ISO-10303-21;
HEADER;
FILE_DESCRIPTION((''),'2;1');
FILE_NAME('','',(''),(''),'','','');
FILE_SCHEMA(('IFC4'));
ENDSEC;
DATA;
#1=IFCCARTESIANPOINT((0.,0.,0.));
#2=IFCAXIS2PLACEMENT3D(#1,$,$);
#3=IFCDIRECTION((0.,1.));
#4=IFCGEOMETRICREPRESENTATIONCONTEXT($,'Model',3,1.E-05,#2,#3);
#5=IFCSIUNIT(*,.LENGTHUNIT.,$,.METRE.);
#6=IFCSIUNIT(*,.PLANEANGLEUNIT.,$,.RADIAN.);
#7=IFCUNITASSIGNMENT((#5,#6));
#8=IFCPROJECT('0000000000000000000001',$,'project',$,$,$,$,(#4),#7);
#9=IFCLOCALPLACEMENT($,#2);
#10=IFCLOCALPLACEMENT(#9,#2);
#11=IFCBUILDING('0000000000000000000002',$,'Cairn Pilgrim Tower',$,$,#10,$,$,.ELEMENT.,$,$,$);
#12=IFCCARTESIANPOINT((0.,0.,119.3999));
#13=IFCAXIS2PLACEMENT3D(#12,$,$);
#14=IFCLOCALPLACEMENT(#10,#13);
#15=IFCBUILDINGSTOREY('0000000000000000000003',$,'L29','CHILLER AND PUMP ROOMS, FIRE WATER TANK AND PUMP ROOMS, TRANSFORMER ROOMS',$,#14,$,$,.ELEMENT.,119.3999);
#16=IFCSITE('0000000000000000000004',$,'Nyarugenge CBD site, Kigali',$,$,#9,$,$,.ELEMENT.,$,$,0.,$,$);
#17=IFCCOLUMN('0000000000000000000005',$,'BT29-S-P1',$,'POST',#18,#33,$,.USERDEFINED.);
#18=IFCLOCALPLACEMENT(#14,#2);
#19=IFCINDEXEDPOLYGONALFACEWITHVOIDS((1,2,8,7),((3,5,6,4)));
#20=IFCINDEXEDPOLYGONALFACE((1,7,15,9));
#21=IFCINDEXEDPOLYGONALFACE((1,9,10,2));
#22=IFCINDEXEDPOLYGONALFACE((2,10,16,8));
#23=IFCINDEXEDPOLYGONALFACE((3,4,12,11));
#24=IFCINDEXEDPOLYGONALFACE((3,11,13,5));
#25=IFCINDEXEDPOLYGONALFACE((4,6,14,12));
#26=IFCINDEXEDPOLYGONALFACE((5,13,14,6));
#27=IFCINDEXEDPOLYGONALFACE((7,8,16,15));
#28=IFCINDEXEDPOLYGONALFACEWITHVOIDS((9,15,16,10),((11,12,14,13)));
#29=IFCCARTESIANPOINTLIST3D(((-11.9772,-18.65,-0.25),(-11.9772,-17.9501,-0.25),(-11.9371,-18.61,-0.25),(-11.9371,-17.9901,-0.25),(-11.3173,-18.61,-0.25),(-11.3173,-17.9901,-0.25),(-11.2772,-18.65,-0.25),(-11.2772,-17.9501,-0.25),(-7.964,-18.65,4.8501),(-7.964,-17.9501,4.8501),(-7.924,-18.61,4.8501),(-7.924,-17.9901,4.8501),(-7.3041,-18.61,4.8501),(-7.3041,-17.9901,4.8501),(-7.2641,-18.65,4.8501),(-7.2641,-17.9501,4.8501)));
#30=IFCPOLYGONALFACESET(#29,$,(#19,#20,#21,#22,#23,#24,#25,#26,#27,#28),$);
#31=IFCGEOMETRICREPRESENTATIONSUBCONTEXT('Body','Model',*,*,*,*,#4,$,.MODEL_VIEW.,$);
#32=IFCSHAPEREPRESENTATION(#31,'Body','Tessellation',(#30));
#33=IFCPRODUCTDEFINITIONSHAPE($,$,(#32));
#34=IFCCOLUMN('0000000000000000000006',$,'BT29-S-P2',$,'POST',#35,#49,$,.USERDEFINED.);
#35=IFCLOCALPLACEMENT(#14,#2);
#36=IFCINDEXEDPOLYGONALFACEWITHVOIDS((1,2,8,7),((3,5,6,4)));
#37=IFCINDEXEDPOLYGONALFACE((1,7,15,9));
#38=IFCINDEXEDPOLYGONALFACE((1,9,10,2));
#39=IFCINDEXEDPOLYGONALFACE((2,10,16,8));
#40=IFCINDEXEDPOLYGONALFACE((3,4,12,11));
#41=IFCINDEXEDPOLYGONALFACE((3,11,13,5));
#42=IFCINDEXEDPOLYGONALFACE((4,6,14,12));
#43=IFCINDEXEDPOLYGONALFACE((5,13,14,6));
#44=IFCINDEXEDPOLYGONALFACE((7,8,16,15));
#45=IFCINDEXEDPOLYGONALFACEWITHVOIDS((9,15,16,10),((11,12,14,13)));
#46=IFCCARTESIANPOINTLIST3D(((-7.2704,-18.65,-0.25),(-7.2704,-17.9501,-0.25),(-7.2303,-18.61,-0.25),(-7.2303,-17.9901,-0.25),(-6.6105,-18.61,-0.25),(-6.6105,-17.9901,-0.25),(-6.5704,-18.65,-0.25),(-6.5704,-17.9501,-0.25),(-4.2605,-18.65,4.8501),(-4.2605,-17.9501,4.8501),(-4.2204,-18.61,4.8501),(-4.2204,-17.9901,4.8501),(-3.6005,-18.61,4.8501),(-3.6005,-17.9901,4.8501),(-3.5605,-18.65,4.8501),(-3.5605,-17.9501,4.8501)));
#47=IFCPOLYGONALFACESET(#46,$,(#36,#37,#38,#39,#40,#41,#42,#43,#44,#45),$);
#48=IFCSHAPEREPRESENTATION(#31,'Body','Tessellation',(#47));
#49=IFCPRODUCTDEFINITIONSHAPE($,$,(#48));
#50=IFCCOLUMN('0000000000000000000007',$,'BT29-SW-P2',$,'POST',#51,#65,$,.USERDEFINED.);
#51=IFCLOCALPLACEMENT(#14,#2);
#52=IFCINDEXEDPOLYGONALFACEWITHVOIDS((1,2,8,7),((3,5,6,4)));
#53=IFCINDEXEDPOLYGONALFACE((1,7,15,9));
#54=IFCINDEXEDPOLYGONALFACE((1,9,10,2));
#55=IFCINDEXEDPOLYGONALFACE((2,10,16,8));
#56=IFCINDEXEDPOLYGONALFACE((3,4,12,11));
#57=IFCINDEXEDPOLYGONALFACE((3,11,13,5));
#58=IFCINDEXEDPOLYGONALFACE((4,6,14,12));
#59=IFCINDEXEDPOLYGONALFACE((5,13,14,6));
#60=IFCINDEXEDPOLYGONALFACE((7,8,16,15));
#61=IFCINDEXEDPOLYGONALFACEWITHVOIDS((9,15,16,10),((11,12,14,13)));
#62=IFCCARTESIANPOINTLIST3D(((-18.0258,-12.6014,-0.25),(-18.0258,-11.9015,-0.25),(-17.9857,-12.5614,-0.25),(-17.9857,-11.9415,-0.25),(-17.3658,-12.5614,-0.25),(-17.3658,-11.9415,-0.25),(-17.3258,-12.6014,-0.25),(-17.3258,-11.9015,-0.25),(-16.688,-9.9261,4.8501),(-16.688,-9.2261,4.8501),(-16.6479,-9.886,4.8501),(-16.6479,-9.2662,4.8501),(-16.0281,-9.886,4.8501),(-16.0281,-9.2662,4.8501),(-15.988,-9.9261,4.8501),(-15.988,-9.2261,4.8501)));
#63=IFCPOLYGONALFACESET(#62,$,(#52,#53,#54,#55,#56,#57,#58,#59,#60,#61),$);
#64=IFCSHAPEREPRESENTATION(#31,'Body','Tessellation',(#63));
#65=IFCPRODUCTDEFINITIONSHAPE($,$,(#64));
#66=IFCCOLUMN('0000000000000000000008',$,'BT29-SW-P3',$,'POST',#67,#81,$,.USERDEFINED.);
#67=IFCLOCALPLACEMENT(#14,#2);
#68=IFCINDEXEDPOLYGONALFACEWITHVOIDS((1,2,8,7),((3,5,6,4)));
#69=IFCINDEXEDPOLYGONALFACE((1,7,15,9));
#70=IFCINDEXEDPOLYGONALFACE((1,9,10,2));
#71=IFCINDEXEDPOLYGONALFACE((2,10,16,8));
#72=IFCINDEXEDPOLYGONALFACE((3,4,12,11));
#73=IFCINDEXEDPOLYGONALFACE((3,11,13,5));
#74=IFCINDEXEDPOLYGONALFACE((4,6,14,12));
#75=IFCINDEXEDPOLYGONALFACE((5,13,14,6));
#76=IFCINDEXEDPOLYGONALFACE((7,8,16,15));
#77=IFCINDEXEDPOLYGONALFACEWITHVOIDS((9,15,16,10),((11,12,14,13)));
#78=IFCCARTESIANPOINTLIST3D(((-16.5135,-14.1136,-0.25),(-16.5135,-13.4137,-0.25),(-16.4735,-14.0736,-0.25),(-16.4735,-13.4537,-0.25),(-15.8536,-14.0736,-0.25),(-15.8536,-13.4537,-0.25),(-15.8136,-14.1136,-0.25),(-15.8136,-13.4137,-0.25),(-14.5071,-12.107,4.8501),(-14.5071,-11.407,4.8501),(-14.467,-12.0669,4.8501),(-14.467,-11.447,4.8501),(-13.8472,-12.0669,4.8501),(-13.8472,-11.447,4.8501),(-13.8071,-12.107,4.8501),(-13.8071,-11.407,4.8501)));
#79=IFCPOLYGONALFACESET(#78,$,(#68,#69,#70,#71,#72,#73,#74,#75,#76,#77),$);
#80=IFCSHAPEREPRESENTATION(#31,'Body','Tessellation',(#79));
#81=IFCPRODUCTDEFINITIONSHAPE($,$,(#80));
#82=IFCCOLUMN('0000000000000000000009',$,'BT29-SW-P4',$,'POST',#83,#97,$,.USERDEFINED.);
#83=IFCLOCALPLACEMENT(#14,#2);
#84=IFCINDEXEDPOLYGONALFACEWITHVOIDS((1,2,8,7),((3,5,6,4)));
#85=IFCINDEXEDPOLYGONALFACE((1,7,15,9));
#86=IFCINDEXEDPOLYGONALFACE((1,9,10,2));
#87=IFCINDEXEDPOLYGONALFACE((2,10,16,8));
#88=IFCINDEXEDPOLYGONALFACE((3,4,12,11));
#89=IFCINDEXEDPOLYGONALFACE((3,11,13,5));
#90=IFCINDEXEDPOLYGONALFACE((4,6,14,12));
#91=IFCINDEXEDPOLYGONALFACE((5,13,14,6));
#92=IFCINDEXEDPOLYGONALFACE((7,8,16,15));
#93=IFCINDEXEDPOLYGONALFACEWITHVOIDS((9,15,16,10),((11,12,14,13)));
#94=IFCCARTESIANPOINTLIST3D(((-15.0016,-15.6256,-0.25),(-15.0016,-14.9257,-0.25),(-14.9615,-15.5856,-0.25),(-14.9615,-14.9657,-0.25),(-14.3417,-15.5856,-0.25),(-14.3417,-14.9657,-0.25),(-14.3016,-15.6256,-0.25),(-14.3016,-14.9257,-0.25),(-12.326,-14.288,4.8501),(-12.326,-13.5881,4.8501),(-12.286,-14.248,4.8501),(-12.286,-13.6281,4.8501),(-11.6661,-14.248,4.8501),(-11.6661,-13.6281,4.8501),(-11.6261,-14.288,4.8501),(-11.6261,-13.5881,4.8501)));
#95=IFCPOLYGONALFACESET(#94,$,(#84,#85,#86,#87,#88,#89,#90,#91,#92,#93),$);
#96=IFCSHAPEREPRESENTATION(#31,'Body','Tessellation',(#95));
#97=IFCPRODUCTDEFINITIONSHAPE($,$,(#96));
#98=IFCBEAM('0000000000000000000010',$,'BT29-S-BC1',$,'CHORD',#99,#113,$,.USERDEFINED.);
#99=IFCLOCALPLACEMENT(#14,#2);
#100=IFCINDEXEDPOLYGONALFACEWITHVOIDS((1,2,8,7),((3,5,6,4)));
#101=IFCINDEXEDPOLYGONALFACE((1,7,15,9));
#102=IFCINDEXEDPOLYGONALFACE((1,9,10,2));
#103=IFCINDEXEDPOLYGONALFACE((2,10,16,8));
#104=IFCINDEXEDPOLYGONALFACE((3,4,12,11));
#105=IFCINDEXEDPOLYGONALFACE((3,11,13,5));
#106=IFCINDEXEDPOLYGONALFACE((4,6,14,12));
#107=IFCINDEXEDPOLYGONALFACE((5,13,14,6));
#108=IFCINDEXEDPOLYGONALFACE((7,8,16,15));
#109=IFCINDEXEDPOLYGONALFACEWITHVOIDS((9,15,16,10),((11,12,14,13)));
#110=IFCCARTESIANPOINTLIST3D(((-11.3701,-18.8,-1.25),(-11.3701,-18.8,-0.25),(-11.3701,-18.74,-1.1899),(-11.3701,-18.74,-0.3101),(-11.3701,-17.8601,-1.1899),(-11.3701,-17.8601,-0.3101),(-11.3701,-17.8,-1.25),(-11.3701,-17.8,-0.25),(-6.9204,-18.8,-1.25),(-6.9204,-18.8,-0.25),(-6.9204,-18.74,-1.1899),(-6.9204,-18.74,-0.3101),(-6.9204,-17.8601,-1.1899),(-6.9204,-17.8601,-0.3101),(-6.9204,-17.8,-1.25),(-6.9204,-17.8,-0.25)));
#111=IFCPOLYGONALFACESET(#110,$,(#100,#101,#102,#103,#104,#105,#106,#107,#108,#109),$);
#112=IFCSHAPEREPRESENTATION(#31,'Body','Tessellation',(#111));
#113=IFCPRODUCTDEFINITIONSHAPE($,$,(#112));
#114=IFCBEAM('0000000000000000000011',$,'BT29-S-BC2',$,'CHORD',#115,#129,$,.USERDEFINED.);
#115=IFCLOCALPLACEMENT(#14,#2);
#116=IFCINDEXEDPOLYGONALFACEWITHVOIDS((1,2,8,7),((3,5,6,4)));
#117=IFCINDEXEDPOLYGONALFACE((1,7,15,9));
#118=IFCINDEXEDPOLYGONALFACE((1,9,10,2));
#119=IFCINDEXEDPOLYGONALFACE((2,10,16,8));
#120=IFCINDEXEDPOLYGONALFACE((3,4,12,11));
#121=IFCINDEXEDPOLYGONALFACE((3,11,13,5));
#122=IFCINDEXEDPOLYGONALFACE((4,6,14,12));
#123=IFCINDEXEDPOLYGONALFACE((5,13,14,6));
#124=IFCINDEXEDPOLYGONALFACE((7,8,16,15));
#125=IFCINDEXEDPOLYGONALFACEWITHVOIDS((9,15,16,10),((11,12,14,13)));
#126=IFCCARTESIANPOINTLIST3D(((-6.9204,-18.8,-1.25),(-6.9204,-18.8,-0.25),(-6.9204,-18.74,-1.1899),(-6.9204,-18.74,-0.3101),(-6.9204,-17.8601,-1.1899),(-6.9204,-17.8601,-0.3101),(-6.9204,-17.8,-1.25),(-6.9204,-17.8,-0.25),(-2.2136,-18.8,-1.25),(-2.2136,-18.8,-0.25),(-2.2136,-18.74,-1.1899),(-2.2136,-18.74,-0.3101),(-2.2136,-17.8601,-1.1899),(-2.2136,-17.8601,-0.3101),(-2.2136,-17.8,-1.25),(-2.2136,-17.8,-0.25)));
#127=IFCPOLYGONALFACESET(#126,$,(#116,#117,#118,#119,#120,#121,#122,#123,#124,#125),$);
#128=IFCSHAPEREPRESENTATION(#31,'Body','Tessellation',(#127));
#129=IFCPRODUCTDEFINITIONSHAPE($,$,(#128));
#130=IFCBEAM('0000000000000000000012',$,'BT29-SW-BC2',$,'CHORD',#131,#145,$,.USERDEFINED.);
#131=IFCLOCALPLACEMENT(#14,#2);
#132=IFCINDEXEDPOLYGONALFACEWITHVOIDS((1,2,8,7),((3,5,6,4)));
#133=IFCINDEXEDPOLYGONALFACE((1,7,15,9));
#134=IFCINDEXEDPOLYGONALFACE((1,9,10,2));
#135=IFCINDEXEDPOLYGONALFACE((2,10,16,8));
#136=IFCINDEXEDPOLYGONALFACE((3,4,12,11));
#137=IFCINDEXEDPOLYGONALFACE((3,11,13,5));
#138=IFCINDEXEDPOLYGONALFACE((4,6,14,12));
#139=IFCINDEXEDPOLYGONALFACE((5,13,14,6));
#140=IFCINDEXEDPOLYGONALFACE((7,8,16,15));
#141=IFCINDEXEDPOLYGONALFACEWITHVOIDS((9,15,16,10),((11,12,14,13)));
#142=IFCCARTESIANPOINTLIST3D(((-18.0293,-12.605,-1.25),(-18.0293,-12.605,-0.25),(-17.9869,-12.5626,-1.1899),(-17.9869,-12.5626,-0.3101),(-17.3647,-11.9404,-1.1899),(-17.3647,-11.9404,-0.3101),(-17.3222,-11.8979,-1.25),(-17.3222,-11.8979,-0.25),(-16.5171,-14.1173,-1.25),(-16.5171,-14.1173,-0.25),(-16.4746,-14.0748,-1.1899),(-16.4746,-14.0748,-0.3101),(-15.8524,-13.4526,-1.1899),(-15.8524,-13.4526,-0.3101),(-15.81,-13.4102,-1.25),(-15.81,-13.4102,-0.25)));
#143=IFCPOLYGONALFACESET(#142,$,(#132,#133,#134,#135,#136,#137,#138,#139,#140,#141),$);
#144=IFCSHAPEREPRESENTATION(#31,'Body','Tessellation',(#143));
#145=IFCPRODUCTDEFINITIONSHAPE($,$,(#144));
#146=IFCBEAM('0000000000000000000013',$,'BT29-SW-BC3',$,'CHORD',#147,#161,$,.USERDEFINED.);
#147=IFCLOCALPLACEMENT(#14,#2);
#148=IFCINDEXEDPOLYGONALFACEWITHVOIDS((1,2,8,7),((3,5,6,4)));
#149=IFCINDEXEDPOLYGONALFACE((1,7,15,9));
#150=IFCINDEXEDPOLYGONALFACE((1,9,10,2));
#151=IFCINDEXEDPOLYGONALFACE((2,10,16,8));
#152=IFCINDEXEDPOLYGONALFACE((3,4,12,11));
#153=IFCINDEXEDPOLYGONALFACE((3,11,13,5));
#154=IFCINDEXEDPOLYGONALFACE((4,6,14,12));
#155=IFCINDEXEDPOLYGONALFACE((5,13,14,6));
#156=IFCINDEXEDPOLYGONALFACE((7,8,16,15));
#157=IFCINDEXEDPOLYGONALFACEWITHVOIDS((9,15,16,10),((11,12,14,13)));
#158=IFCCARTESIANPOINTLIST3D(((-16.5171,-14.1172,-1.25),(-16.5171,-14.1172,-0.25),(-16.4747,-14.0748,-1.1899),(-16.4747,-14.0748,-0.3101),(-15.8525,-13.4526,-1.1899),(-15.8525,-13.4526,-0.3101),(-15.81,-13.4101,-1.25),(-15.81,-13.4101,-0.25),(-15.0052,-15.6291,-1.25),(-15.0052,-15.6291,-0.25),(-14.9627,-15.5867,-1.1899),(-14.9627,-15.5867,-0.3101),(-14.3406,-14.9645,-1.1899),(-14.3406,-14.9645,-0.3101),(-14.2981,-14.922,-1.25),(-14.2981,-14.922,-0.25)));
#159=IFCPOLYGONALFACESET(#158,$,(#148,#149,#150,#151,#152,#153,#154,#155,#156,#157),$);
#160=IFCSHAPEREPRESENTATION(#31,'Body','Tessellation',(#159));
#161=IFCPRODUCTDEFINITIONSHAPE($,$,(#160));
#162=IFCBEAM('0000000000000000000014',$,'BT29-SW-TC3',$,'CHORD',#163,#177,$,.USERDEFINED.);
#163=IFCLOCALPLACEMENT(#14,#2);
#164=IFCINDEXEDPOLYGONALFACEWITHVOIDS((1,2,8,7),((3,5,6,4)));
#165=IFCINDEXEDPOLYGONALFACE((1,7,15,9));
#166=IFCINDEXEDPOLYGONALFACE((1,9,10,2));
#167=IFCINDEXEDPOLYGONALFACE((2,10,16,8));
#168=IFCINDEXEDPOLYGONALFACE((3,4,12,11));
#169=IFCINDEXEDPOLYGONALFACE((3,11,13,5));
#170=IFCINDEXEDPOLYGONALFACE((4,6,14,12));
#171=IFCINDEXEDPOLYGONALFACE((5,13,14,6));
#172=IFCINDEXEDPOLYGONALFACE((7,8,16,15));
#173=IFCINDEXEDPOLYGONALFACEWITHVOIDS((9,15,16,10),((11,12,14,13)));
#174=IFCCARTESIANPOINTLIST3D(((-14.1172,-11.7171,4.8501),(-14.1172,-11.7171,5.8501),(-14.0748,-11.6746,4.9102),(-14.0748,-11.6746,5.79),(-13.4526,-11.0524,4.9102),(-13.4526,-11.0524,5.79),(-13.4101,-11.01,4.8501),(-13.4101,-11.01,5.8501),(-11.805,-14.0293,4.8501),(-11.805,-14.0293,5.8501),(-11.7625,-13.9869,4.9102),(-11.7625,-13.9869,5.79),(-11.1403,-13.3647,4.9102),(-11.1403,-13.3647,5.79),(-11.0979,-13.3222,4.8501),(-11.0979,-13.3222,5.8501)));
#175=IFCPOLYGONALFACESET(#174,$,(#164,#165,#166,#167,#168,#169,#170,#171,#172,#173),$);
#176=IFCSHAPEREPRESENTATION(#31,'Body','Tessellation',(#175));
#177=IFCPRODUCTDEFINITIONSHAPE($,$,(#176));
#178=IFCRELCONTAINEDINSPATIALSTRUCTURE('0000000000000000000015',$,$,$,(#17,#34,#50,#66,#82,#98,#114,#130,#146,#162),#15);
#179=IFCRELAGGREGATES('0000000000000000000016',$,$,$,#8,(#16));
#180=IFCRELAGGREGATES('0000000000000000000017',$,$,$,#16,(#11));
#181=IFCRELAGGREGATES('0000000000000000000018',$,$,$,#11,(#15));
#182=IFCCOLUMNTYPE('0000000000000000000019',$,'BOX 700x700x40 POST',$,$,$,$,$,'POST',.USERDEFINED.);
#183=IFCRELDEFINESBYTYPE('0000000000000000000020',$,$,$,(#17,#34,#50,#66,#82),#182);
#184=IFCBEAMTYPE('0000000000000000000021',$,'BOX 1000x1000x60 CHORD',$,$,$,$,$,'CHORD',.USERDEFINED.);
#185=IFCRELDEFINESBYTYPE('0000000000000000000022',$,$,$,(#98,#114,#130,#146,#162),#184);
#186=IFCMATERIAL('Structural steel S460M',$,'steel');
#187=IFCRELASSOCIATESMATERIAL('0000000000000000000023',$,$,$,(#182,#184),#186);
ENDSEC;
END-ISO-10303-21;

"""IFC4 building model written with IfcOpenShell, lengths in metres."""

from ifc_helpers import new_model, si_unit, direction, frame, origin, origin_2d, place, context, subcontext, project, spatial, hollow_rectangle, extrude, clip, halfspace, material, material_profile, profile_set, type_object, element, save


model = new_model("IFC4")

# Units and contexts
model_context = context("Model", 3, precision=1e-05, world=origin(), true_north=direction((0.0, 1.0)))
body_context = subcontext(model_context, "Body", "Model", "MODEL_VIEW")
ifc_project = project(units=[si_unit("LENGTHUNIT", "METRE"), si_unit("PLANEANGLEUNIT", "RADIAN")], contexts=[model_context])

# Site, building, storey
site_placement = place(None, origin())
site = spatial("IfcSite", under=ifc_project, at=site_placement, Name="Nyarugenge CBD site, Kigali", CompositionType="ELEMENT", RefElevation=0.0)
building_placement = place(site_placement, origin())
building = spatial("IfcBuilding", under=site, at=building_placement, Name="Cairn Pilgrim Tower", CompositionType="ELEMENT")
storey_placement = place(building_placement, frame((0.0, 0.0, 119.3999)))
storey = spatial("IfcBuildingStorey", under=building, at=storey_placement, Name="L29", Description="CHILLER AND PUMP ROOMS, FIRE WATER TANK AND PUMP ROOMS, TRANSFORMER ROOMS", CompositionType="ELEMENT", Elevation=119.3999)

# Columns
ifc_material_1 = material(Name="Structural steel S460M", Category="steel")
ifc_material_profile_1 = material_profile(ifc_material_1, hollow_rectangle(XDim=0.7, YDim=0.7, WallThickness=0.04, at=origin_2d()), Name="BOX 700x700x40")
ifc_profile_set_1 = profile_set([ifc_material_profile_1], Name="Structural steel S460M")
column_type = type_object("IfcColumnType", Name="BOX 700x700x40 POST", ElementType="POST", PredefinedType="USERDEFINED", material=ifc_profile_set_1)
column_1_placement = place(storey_placement, frame((-11.6272, -18.3, -0.25), z_axis=(0.0, 0.0, 1.0), x_axis=(1.0, 0.0, 0.0)))
element("IfcColumn", 1, at=column_1_placement, inside=storey, type_object=column_type, Name="BT29-S-P1", ObjectType="POST", PredefinedType="USERDEFINED", context=body_context, shape_type="Clipping", body=[
    clip(extrude(hollow_rectangle(XDim=0.7, YDim=0.7, WallThickness=0.04, at=origin_2d()), origin(), (0.618388, 0.0, 0.785873), 7.7622), halfspace(frame((0.0, 0.0, 5.1001), z_axis=(0.0, 0.0, 1.0), x_axis=(1.0, 0.0, 0.0)), False)),
])
column_2_placement = place(storey_placement, frame((-6.9204, -18.3, -0.25), z_axis=(0.0, 0.0, 1.0), x_axis=(1.0, 0.0, 0.0)))
element("IfcColumn", 2, at=column_2_placement, inside=storey, type_object=column_type, Name="BT29-S-P2", ObjectType="POST", PredefinedType="USERDEFINED", context=body_context, shape_type="Clipping", body=[
    clip(extrude(hollow_rectangle(XDim=0.7, YDim=0.7, WallThickness=0.04, at=origin_2d()), origin(), (0.508258, 0.0, 0.861205), 7.0833), halfspace(frame((0.0, 0.0, 5.1001), z_axis=(0.0, 0.0, 1.0), x_axis=(1.0, 0.0, 0.0)), False)),
])
column_3_placement = place(storey_placement, frame((-17.6758, -12.2515, -0.25), z_axis=(0.0, 0.0, 1.0), x_axis=(1.0, 0.0, 0.0)))
element("IfcColumn", 3, at=column_3_placement, inside=storey, type_object=column_type, Name="BT29-SW-P2", ObjectType="POST", PredefinedType="USERDEFINED", context=body_context, shape_type="Clipping", body=[
    clip(extrude(hollow_rectangle(XDim=0.7, YDim=0.7, WallThickness=0.04, at=origin_2d()), origin(), (0.226263, 0.452491, 0.862588), 7.0718), halfspace(frame((0.0, 0.0, 5.1001), z_axis=(0.0, 0.0, 1.0), x_axis=(1.0, 0.0, 0.0)), False)),
])
column_4_placement = place(storey_placement, frame((-16.1636, -13.7637, -0.25), z_axis=(0.0, 0.0, 1.0), x_axis=(1.0, 0.0, 0.0)))
element("IfcColumn", 4, at=column_4_placement, inside=storey, type_object=column_type, Name="BT29-SW-P3", ObjectType="POST", PredefinedType="USERDEFINED", context=body_context, shape_type="Clipping", body=[
    clip(extrude(hollow_rectangle(XDim=0.7, YDim=0.7, WallThickness=0.04, at=origin_2d()), origin(), (0.343787, 0.343822, 0.873841), 6.9807), halfspace(frame((0.0, 0.0, 5.1001), z_axis=(0.0, 0.0, 1.0), x_axis=(1.0, 0.0, 0.0)), False)),
])
column_5_placement = place(storey_placement, frame((-14.6516, -15.2756, -0.25), z_axis=(0.0, 0.0, 1.0), x_axis=(1.0, 0.0, 0.0)))
element("IfcColumn", 5, at=column_5_placement, inside=storey, type_object=column_type, Name="BT29-SW-P4", ObjectType="POST", PredefinedType="USERDEFINED", context=body_context, shape_type="Clipping", body=[
    clip(extrude(hollow_rectangle(XDim=0.7, YDim=0.7, WallThickness=0.04, at=origin_2d()), origin(), (0.452522, 0.226226, 0.862581), 7.072), halfspace(frame((0.0, 0.0, 5.1001), z_axis=(0.0, 0.0, 1.0), x_axis=(1.0, 0.0, 0.0)), False)),
])

# Beams
ifc_material_profile_2 = material_profile(ifc_material_1, hollow_rectangle(XDim=1.0, YDim=1.0, WallThickness=0.0601, at=origin_2d()), Name="BOX 1000x1000x60")
ifc_profile_set_2 = profile_set([ifc_material_profile_2], Name="Structural steel S460M")
beam_type_1 = type_object("IfcBeamType", Name="BOX 1000x1000x60 CHORD", ElementType="CHORD", PredefinedType="USERDEFINED", material=ifc_profile_set_2)
beam_1_placement = place(storey_placement, frame((-11.3701, -18.3, -0.75), z_axis=(1.0, 0.0, 0.0), x_axis=(0.0, 1.0, 0.0)))
element("IfcBeam", 6, at=beam_1_placement, inside=storey, type_object=beam_type_1, Name="BT29-S-BC1", ObjectType="CHORD", PredefinedType="USERDEFINED", context=body_context, shape_type="SweptSolid", body=[
    extrude(hollow_rectangle(XDim=1.0, YDim=1.0, WallThickness=0.0601, at=origin_2d()), origin(), (0.0, 0.0, 1.0), 4.4497),
])
beam_2_placement = place(storey_placement, frame((-6.9204, -18.3, -0.75), z_axis=(1.0, 0.0, 0.0), x_axis=(0.0, 1.0, 0.0)))
element("IfcBeam", 7, at=beam_2_placement, inside=storey, type_object=beam_type_1, Name="BT29-S-BC2", ObjectType="CHORD", PredefinedType="USERDEFINED", context=body_context, shape_type="SweptSolid", body=[
    extrude(hollow_rectangle(XDim=1.0, YDim=1.0, WallThickness=0.0601, at=origin_2d()), origin(), (0.0, 0.0, 1.0), 4.7068),
])
beam_3_placement = place(storey_placement, frame((-17.6758, -12.2515, -0.75), z_axis=(0.707107, -0.707107, 0.0), x_axis=(0.707107, 0.707107, 0.0)))
element("IfcBeam", 8, at=beam_3_placement, inside=storey, type_object=beam_type_1, Name="BT29-SW-BC2", ObjectType="CHORD", PredefinedType="USERDEFINED", context=body_context, shape_type="SweptSolid", body=[
    extrude(hollow_rectangle(XDim=1.0, YDim=1.0, WallThickness=0.0601, at=origin_2d()), origin(), (0.0, 0.0, 1.0), 2.1387),
])
beam_4_placement = place(storey_placement, frame((-16.1636, -13.7637, -0.75), z_axis=(0.707107, -0.707107, 0.0), x_axis=(0.707107, 0.707107, 0.0)))
element("IfcBeam", 9, at=beam_4_placement, inside=storey, type_object=beam_type_1, Name="BT29-SW-BC3", ObjectType="CHORD", PredefinedType="USERDEFINED", context=body_context, shape_type="SweptSolid", body=[
    extrude(hollow_rectangle(XDim=1.0, YDim=1.0, WallThickness=0.0601, at=origin_2d()), origin(), (0.0, 0.0, 1.0), 2.1382),
])
beam_5_placement = place(storey_placement, frame((-13.7637, -11.3635, 5.3501), z_axis=(0.707107, -0.707107, 0.0), x_axis=(0.707107, 0.707107, 0.0)))
element("IfcBeam", 10, at=beam_5_placement, inside=storey, type_object=beam_type_1, Name="BT29-SW-TC3", ObjectType="CHORD", PredefinedType="USERDEFINED", context=body_context, shape_type="SweptSolid", body=[
    extrude(hollow_rectangle(XDim=1.0, YDim=1.0, WallThickness=0.0601, at=origin_2d()), origin(), (0.0, 0.0, 1.0), 3.27),
])

save(model, "model.ifc")
